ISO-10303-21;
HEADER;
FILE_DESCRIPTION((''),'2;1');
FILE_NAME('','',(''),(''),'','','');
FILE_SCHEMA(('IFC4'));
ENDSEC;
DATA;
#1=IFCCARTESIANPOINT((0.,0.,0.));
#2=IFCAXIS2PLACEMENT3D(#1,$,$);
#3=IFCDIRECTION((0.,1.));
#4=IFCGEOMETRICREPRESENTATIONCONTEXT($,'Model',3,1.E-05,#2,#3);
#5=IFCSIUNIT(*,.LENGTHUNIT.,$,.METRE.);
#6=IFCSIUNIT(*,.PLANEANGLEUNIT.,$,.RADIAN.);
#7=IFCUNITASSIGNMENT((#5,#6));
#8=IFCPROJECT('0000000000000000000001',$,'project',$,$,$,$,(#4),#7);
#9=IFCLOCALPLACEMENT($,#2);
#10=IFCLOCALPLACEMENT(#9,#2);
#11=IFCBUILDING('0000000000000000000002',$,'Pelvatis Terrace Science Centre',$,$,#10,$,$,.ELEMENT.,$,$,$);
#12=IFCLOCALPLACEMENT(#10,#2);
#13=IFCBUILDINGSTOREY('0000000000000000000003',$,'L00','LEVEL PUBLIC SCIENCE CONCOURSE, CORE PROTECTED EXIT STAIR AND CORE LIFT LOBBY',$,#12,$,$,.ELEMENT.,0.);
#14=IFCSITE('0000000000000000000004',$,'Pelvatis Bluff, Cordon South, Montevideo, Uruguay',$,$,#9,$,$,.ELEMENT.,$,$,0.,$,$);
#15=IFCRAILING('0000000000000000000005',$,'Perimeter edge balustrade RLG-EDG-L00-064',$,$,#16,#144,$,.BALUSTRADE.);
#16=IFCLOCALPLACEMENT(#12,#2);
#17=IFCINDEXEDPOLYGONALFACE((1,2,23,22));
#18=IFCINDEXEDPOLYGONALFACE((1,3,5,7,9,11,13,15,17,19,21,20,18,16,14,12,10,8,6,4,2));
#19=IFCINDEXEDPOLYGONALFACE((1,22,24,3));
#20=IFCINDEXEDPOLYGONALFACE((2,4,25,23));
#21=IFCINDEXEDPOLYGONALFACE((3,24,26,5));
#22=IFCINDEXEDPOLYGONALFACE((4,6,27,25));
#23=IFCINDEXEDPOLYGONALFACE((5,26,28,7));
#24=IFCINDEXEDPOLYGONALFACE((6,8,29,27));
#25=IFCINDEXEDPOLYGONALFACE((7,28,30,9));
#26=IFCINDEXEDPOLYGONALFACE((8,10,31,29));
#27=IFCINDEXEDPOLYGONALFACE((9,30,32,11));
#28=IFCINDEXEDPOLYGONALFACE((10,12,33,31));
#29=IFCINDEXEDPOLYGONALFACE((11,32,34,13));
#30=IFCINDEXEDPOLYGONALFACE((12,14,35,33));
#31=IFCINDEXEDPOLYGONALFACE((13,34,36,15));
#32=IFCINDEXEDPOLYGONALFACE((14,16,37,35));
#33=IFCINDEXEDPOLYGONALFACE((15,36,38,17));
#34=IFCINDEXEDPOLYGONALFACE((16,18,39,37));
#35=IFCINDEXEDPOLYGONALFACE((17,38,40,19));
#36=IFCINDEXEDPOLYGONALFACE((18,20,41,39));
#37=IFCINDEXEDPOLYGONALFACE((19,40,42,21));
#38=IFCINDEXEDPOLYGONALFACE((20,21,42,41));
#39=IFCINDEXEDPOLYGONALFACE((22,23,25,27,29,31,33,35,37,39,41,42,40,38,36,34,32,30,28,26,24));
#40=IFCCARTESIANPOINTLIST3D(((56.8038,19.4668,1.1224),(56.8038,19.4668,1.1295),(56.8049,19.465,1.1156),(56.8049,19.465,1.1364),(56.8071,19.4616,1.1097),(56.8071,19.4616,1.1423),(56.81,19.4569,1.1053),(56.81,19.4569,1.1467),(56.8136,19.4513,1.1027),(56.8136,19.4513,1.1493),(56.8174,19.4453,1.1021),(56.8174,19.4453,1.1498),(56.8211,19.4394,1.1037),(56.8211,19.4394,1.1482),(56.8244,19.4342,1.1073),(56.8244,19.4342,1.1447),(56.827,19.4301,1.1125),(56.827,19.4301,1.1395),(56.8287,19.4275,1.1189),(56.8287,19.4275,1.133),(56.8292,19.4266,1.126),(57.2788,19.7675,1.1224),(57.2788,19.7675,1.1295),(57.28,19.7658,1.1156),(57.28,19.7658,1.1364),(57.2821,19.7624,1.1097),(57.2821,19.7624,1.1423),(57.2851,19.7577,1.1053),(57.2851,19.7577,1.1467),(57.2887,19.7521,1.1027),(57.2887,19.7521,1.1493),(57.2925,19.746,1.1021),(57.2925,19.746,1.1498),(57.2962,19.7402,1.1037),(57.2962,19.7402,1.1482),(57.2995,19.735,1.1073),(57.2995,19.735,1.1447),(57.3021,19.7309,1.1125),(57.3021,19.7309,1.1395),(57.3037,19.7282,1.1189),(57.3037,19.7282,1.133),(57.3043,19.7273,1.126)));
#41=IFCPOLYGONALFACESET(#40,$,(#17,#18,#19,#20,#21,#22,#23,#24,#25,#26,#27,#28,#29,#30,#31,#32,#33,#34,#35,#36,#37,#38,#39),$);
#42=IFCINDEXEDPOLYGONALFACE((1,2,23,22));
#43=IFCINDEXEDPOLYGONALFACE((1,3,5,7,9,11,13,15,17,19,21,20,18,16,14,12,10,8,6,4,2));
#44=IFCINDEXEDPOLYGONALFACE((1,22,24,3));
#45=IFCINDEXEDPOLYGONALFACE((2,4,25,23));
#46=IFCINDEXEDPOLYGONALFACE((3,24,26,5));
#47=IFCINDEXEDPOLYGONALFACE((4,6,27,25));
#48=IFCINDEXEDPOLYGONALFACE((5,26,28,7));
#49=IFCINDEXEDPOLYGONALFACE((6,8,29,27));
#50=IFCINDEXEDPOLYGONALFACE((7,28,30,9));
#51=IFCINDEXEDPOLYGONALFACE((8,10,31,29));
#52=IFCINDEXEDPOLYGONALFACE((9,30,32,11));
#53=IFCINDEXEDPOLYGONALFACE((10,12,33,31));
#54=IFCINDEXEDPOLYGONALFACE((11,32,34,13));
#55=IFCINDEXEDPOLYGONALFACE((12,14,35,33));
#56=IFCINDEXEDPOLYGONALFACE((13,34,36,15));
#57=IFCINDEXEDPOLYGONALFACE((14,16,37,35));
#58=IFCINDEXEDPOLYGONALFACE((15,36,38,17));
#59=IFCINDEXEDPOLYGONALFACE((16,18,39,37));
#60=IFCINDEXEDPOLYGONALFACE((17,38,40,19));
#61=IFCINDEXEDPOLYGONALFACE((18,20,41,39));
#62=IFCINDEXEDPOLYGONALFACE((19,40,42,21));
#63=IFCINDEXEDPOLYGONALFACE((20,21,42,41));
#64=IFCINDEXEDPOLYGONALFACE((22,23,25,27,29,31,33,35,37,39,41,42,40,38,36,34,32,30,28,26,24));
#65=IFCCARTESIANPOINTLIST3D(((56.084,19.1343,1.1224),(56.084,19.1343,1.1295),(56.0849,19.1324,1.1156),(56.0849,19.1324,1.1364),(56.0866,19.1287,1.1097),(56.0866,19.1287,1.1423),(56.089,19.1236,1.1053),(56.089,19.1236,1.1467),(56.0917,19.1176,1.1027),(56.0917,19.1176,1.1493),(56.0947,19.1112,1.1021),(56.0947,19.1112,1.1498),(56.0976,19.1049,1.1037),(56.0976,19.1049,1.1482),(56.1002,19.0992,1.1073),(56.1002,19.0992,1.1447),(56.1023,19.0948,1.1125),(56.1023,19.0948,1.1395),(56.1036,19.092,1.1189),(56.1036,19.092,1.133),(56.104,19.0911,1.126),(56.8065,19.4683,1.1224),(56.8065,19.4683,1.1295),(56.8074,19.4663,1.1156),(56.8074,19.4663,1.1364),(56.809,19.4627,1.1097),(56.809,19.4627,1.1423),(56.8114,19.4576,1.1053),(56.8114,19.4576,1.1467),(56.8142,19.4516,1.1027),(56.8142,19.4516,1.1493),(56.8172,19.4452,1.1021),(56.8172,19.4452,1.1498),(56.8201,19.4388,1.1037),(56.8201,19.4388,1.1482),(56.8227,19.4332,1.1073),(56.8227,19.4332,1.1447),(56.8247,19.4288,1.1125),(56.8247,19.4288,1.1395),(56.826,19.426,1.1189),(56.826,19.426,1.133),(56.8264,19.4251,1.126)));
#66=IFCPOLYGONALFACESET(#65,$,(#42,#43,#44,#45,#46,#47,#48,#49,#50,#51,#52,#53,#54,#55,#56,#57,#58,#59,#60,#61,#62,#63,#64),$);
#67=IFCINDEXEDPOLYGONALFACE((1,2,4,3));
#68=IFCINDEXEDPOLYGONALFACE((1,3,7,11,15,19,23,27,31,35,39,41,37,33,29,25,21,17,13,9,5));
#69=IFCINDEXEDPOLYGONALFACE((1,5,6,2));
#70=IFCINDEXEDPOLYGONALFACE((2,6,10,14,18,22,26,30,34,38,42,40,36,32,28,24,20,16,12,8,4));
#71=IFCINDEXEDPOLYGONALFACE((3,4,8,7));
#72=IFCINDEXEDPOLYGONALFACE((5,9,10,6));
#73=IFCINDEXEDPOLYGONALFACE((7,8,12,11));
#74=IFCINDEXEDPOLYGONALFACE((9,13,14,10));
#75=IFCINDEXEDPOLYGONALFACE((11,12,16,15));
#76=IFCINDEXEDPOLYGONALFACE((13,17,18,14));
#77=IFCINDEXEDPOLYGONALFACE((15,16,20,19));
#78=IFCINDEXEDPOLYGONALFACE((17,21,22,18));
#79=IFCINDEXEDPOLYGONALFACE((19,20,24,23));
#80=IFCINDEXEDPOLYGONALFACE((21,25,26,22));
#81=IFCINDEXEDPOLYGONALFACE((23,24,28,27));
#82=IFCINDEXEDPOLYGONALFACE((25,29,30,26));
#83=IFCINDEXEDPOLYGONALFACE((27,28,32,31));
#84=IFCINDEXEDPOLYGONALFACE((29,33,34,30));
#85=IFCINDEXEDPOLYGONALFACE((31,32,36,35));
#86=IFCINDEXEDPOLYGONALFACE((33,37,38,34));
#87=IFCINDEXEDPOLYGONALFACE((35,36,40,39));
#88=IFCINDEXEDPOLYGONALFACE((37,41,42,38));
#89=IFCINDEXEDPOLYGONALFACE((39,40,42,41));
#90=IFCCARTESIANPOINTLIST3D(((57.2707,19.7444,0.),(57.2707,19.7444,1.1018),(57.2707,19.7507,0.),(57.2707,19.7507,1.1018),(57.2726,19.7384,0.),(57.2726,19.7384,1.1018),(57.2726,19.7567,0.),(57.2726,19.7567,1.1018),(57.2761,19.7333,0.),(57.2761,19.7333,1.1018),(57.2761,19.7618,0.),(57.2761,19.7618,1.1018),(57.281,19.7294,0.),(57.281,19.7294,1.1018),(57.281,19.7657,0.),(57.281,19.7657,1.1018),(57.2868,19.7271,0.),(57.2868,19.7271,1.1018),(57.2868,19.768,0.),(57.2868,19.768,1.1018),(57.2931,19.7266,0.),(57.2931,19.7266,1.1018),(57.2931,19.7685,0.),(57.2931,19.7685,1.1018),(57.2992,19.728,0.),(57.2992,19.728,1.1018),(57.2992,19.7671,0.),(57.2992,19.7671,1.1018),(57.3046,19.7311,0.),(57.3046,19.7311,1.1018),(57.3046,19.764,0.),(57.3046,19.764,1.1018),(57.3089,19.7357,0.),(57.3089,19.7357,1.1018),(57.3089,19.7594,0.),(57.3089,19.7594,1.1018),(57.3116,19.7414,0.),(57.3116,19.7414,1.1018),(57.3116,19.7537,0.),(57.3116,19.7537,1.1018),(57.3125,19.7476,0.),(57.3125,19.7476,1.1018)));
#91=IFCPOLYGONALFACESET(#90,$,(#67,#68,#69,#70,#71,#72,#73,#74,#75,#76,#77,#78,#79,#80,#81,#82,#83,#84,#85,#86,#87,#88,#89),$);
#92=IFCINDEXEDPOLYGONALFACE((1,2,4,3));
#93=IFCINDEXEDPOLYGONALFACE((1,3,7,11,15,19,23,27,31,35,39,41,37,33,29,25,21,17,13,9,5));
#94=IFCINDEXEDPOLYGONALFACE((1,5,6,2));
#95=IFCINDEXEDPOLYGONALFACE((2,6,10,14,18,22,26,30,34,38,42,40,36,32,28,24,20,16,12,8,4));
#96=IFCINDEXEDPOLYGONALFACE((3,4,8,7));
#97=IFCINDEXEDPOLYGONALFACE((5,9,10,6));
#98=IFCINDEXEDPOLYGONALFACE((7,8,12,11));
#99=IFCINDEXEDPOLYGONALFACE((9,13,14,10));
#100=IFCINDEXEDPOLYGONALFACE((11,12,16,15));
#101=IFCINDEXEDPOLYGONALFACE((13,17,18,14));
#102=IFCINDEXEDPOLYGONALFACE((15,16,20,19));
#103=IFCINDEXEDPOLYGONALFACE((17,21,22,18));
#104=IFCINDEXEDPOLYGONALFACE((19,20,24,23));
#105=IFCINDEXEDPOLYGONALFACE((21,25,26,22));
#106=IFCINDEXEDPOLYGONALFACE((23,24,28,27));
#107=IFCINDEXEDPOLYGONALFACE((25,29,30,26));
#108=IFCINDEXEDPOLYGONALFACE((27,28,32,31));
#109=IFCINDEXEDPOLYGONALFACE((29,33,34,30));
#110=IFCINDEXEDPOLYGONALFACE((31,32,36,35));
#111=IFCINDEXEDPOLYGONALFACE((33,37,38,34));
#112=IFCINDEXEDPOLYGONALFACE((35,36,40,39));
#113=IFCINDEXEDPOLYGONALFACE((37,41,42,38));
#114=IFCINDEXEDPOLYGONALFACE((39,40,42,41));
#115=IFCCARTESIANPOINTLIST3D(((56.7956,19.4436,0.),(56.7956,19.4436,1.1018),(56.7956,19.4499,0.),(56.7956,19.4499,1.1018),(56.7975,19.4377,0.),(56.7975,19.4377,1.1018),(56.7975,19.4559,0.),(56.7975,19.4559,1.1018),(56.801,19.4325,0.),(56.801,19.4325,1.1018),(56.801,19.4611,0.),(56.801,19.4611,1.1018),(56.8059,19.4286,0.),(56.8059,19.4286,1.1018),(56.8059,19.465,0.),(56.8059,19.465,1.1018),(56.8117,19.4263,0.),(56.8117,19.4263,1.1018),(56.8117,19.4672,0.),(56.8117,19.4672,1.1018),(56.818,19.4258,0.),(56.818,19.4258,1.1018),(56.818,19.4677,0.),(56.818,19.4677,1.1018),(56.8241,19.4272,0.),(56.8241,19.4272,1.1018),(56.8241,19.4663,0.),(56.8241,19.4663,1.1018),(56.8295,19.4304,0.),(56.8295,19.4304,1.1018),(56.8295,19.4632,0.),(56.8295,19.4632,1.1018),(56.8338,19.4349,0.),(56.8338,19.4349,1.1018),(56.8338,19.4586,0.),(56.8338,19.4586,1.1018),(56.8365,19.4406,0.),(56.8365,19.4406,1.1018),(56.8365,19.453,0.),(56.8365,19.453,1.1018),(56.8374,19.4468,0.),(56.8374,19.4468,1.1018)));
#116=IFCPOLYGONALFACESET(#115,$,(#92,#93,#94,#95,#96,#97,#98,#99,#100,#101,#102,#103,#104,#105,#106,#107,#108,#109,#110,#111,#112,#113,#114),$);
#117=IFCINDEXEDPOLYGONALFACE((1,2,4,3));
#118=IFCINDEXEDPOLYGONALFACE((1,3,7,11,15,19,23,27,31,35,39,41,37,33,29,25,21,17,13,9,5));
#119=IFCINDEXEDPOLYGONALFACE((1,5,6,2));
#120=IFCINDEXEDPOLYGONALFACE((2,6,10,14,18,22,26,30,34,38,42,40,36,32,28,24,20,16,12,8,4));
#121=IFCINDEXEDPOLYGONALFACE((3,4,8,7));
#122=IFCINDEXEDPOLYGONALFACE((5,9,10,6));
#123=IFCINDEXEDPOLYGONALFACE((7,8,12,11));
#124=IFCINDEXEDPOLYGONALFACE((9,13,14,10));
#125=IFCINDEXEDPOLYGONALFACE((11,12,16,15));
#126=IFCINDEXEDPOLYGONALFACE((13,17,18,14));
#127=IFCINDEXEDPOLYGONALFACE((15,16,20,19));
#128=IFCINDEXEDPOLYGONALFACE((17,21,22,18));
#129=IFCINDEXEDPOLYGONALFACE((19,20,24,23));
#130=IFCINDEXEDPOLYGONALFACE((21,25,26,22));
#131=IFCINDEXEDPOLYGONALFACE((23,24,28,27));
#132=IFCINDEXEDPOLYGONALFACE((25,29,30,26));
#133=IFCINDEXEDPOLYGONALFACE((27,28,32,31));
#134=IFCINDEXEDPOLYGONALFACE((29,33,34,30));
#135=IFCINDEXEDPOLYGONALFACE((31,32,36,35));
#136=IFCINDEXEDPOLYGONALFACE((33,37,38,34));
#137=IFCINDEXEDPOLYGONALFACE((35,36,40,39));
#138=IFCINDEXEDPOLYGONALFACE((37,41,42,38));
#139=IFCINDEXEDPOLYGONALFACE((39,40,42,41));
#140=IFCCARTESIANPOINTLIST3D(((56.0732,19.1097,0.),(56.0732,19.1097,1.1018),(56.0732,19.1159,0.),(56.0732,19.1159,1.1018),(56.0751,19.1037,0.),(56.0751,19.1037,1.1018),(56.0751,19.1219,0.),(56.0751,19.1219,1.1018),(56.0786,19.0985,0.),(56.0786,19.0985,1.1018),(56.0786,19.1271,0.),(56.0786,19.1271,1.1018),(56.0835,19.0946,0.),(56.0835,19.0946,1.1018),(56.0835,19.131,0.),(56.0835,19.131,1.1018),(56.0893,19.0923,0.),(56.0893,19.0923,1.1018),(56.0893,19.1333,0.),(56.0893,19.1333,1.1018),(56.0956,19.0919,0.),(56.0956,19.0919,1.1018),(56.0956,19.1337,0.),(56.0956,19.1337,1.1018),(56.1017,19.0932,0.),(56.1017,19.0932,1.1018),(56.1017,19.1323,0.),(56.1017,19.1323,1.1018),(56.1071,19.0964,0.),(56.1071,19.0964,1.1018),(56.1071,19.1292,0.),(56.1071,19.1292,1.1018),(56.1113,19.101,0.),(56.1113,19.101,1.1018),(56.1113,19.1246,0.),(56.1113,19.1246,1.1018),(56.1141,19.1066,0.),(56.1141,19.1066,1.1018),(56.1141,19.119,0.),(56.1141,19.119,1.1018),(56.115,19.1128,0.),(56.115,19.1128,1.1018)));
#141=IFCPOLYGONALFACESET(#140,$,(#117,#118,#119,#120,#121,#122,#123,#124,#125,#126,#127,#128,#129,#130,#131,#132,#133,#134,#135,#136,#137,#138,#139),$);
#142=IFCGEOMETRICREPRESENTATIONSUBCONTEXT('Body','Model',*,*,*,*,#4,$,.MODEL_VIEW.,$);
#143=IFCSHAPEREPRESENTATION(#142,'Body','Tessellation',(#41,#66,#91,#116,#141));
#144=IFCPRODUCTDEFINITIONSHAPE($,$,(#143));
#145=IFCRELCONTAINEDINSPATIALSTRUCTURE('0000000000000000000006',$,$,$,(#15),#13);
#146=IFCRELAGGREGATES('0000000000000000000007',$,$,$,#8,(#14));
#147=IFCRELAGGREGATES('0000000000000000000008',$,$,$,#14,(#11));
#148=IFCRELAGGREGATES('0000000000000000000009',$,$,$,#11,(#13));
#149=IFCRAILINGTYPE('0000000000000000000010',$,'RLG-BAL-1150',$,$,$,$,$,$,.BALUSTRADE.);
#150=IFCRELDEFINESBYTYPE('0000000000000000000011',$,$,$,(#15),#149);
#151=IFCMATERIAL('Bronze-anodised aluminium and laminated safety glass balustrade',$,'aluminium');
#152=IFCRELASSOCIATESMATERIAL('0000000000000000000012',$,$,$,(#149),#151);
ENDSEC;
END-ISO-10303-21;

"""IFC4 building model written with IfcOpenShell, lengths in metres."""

from ifc_helpers import new_model, si_unit, direction, frame, origin, origin_2d, place, context, subcontext, project, spatial, circle, extrude, material, type_object, element, save


model = new_model("IFC4")

# Units and contexts
model_context = context("Model", 3, precision=1e-05, world=origin(), true_north=direction((0.0, 1.0)))
body_context = subcontext(model_context, "Body", "Model", "MODEL_VIEW")
ifc_project = project(units=[si_unit("LENGTHUNIT", "METRE"), si_unit("PLANEANGLEUNIT", "RADIAN")], contexts=[model_context])

# Site, building, storey
site_placement = place(None, origin())
site = spatial("IfcSite", under=ifc_project, at=site_placement, Name="Pelvatis Bluff, Cordon South, Montevideo, Uruguay", CompositionType="ELEMENT", RefElevation=0.0)
building_placement = place(site_placement, origin())
building = spatial("IfcBuilding", under=site, at=building_placement, Name="Pelvatis Terrace Science Centre", CompositionType="ELEMENT")
storey_placement = place(building_placement, origin())
storey = spatial("IfcBuildingStorey", under=building, at=storey_placement, Name="L00", Description="LEVEL PUBLIC SCIENCE CONCOURSE, CORE PROTECTED EXIT STAIR AND CORE LIFT LOBBY", CompositionType="ELEMENT", Elevation=0.0)

# Railing
ifc_material_1 = material(Name="Bronze-anodised aluminium and laminated safety glass balustrade", Category="aluminium")
railing_type = type_object("IfcRailingType", Name="RLG-BAL-1150", PredefinedType="BALUSTRADE", material=ifc_material_1)
railing_placement = place(storey_placement, frame((57.2915, 19.7476, 0.0)))
element("IfcRailing", 1, at=railing_placement, inside=storey, type_object=railing_type, Name="Perimeter edge balustrade RLG-EDG-L00-064", PredefinedType="BALUSTRADE", context=body_context, shape_type="SweptSolid", body=[
    extrude(circle(Radius=0.0239, at=origin_2d()), frame((0.0, 0.0, 1.126), z_axis=(-0.844911, -0.534907, 0.0), x_axis=(0.534907, -0.844911, 0.0)), (0.0, 0.0, 1.0), 0.5623),
    extrude(circle(Radius=0.0239, at=origin_2d()), frame((-0.4751, -0.3008, 1.126), z_axis=(-0.90769, -0.419642, 0.0), x_axis=(0.419642, -0.90769, 0.0)), (0.0, 0.0, 1.0), 0.7959),
    extrude(circle(Radius=0.021, at=origin_2d()), origin(), (0.0, 0.0, 1.0), 1.1018),
    extrude(circle(Radius=0.021, at=origin_2d()), frame((-0.4751, -0.3008, 0.0)), (0.0, 0.0, 1.0), 1.1018),
    extrude(circle(Radius=0.021, at=origin_2d()), frame((-1.1975, -0.6348, 0.0)), (0.0, 0.0, 1.0), 1.1018),
])

save(model, "model.ifc")
